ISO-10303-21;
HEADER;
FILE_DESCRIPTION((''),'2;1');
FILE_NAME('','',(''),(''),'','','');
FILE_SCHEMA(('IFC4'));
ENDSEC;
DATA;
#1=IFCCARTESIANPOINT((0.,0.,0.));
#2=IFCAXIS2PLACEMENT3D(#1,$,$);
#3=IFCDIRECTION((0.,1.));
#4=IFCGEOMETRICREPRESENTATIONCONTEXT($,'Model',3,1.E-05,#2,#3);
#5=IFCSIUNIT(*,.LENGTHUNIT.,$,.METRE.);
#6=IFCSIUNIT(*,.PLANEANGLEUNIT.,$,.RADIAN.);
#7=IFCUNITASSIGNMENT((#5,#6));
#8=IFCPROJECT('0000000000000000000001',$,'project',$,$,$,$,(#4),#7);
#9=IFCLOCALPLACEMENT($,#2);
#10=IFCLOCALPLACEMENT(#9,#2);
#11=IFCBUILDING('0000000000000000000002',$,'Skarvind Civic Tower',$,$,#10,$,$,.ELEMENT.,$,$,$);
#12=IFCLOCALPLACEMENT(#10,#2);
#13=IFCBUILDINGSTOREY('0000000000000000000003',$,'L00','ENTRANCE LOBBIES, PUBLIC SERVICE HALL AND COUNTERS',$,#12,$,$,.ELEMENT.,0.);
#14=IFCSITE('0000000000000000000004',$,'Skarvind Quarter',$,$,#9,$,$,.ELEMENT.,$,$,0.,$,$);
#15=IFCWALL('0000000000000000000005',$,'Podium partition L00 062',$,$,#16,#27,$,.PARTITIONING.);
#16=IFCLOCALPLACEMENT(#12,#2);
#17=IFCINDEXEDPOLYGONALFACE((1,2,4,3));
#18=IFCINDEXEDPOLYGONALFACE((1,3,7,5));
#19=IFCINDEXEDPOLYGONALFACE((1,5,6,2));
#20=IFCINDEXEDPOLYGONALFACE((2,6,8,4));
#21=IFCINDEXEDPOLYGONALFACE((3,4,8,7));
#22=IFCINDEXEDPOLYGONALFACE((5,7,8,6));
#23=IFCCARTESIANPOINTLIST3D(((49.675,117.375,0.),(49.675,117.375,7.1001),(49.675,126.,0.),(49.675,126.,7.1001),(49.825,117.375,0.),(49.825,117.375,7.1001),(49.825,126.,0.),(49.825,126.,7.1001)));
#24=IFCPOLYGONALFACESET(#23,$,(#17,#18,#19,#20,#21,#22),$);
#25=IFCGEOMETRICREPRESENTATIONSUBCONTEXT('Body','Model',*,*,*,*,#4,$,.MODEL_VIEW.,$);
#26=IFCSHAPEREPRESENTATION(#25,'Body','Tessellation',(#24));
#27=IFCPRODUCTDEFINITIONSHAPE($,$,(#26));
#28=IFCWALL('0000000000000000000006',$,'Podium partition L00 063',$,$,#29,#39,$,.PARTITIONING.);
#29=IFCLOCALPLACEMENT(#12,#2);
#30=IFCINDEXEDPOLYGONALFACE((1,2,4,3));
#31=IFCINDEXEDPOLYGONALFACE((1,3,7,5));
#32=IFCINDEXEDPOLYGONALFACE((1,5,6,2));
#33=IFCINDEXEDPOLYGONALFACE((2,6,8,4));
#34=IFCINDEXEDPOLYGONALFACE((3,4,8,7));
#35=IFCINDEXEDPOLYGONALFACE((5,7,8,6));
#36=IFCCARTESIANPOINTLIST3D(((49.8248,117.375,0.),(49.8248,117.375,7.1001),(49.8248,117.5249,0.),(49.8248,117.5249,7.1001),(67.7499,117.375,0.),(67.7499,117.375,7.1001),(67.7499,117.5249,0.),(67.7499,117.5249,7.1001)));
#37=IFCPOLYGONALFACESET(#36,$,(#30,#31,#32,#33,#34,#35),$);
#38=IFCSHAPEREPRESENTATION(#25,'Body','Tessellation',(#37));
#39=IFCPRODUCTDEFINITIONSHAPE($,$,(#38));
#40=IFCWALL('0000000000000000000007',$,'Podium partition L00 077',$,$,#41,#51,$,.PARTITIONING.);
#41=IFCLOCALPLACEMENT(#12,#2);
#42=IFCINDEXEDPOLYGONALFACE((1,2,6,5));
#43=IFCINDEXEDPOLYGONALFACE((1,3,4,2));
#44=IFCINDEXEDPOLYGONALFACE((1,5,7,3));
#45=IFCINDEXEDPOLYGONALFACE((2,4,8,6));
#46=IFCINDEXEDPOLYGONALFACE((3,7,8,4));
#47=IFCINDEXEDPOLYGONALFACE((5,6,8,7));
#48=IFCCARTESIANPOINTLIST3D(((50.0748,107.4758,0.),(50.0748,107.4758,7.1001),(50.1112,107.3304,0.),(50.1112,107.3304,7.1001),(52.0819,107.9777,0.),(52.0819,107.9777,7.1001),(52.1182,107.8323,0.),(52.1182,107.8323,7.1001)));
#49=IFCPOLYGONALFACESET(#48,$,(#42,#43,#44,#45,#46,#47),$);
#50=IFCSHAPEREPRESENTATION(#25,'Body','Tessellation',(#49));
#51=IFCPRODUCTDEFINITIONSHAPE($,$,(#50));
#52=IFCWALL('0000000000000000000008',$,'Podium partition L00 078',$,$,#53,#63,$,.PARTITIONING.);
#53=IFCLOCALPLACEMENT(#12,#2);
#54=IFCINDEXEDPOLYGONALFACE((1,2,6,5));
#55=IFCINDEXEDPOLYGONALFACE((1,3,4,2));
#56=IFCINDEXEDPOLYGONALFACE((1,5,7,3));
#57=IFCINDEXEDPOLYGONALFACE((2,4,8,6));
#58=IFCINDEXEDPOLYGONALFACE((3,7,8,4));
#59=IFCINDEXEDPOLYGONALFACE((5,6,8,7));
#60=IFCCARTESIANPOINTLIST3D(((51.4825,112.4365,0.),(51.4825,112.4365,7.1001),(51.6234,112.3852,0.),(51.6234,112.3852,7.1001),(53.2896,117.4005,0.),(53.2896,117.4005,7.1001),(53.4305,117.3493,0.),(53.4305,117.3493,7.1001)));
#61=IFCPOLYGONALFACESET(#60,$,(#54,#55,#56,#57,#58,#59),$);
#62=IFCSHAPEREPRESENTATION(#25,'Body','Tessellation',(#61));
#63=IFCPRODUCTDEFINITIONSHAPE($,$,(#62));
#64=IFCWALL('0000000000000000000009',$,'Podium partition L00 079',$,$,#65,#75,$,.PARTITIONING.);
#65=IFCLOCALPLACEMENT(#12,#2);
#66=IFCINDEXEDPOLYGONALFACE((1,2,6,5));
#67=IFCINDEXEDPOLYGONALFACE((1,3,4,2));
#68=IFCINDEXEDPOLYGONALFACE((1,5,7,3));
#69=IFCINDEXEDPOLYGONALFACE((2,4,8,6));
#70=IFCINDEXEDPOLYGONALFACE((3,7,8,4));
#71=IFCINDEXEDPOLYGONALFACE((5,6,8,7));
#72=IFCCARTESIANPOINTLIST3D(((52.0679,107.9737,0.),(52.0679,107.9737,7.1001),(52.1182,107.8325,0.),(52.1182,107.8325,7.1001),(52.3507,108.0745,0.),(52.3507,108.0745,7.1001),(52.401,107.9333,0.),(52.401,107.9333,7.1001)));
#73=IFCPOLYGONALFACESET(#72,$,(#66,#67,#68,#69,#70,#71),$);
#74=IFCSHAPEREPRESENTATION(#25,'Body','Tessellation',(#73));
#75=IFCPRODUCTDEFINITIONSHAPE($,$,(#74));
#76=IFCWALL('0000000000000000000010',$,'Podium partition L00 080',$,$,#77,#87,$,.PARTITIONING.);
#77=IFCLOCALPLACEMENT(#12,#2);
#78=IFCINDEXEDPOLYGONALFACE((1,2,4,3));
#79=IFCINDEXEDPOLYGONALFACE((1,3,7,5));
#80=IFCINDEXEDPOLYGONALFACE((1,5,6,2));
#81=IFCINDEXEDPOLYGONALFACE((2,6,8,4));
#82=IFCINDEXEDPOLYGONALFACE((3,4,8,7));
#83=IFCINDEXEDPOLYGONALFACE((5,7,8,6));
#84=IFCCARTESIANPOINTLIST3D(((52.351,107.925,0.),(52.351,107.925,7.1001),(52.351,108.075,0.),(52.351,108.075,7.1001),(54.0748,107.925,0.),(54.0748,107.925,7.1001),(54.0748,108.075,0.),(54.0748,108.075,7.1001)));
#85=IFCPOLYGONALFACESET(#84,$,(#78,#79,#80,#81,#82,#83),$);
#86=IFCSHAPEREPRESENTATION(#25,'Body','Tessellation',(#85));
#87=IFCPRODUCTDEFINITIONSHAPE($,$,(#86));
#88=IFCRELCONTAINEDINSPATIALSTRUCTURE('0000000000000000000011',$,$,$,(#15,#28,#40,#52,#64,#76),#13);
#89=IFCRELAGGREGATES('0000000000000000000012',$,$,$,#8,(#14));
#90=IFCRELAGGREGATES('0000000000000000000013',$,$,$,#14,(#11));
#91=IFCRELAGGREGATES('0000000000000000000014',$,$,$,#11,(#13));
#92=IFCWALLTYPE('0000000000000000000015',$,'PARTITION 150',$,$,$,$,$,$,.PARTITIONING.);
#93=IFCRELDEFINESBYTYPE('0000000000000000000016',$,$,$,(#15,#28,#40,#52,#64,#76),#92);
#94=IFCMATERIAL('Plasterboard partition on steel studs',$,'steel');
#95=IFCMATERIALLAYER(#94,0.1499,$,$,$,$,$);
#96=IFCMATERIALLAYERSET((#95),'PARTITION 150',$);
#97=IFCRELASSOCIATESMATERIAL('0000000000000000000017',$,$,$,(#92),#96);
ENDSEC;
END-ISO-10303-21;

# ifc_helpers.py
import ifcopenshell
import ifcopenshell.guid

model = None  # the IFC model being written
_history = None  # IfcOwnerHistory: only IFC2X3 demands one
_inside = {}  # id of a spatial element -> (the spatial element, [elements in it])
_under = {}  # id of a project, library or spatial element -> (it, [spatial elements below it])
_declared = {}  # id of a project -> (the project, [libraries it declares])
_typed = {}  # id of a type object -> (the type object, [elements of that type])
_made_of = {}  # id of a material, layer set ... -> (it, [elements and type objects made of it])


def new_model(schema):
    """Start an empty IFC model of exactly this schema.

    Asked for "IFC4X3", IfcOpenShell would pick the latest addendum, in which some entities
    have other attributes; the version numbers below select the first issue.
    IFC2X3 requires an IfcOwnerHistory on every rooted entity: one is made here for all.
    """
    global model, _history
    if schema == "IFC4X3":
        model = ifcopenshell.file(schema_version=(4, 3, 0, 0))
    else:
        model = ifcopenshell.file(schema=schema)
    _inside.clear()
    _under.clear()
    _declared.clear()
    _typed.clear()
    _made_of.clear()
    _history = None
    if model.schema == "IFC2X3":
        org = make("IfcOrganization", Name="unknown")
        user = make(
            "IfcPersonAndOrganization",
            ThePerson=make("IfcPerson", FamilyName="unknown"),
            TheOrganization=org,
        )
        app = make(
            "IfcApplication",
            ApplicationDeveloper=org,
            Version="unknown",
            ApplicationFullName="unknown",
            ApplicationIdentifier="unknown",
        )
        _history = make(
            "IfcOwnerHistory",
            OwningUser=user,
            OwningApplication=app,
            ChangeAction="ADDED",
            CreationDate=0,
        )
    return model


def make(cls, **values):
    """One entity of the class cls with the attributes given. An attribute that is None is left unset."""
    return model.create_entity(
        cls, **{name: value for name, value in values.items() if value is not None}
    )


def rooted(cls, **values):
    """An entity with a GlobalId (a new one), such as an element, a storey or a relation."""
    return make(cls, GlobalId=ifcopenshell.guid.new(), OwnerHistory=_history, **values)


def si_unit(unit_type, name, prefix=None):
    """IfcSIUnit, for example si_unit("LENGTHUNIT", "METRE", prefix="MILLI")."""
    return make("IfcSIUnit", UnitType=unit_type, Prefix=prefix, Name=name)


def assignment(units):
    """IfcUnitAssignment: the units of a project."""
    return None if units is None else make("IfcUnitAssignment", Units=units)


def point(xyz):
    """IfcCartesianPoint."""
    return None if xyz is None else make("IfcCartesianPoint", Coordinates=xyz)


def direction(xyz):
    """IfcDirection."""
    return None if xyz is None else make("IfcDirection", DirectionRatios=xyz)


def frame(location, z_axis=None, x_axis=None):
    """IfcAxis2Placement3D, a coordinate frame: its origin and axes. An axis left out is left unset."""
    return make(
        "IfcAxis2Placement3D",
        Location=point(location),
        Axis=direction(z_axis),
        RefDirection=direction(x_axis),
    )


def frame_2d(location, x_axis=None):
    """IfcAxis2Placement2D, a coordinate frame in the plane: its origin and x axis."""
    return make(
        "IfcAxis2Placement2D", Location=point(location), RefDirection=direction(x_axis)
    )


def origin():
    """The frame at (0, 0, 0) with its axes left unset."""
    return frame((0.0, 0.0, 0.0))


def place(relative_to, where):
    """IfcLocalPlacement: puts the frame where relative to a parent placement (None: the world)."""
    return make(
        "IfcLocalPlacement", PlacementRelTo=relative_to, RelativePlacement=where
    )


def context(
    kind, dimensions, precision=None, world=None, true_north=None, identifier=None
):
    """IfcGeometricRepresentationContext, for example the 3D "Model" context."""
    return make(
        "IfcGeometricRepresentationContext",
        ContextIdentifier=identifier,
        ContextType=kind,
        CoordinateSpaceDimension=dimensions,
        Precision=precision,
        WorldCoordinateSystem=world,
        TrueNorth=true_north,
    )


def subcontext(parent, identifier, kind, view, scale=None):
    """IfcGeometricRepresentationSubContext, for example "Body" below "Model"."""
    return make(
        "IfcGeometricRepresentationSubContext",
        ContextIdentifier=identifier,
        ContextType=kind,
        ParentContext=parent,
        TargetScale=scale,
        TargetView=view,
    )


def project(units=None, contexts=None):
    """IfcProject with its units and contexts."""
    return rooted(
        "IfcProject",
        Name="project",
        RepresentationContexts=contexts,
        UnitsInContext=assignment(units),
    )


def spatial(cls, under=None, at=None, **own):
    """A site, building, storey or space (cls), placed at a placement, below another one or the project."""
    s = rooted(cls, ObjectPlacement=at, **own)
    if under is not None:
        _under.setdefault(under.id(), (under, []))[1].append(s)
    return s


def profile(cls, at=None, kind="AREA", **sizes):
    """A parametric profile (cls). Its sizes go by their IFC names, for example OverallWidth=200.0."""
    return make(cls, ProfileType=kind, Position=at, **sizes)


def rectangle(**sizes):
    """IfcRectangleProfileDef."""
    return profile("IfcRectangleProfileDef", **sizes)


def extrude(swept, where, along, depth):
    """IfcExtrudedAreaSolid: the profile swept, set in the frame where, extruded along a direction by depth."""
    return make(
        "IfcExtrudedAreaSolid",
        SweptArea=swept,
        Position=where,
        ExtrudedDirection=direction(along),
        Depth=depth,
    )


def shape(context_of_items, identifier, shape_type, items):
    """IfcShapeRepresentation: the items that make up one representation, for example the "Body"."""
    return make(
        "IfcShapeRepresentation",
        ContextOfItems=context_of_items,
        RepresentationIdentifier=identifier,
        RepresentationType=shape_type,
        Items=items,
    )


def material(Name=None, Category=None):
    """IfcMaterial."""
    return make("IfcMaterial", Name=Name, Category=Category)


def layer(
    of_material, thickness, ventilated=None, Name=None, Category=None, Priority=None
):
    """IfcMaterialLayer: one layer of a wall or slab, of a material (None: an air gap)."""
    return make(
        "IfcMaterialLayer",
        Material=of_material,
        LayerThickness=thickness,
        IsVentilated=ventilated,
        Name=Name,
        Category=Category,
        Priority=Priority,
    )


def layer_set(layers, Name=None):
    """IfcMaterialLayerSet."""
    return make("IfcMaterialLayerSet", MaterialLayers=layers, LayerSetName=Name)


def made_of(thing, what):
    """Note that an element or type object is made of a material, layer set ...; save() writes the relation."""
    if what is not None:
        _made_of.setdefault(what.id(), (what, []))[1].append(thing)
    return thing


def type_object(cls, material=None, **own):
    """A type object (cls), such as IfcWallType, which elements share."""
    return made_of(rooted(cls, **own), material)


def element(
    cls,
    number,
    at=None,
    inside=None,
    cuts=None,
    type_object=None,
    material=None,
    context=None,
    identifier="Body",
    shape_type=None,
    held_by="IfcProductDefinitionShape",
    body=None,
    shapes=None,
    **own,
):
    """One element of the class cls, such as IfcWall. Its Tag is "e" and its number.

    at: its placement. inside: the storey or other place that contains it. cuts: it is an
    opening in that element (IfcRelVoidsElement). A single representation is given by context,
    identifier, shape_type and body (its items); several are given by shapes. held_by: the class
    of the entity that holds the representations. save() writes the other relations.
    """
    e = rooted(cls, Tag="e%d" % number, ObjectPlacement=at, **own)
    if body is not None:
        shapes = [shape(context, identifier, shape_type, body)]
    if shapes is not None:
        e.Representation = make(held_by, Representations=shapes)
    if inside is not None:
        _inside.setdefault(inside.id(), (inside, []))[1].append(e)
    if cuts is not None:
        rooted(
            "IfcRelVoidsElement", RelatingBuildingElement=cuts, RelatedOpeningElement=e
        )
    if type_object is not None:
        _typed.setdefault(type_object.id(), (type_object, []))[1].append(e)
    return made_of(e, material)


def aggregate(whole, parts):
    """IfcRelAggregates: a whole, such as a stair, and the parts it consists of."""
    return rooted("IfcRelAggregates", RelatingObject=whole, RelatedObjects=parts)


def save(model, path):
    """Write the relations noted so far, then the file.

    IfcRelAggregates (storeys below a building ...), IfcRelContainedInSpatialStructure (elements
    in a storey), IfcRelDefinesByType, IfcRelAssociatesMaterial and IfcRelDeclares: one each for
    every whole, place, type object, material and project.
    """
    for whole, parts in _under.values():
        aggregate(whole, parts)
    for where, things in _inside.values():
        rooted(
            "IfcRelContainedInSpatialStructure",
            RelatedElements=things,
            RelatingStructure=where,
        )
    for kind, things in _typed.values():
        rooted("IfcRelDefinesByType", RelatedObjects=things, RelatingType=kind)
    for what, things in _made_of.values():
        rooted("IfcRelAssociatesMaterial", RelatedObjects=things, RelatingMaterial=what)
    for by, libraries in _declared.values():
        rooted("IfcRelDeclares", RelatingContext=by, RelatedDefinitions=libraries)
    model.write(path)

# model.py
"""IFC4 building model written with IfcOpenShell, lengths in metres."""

from ifc_helpers import new_model, si_unit, direction, frame, frame_2d, origin, place, context, subcontext, project, spatial, rectangle, extrude, material, layer, layer_set, type_object, element, save


model = new_model("IFC4")

# Units and contexts
model_context = context("Model", 3, precision=1e-05, world=origin(), true_north=direction((0.0, 1.0)))
body_context = subcontext(model_context, "Body", "Model", "MODEL_VIEW")
ifc_project = project(units=[si_unit("LENGTHUNIT", "METRE"), si_unit("PLANEANGLEUNIT", "RADIAN")], contexts=[model_context])

# Site, building, storey
site_placement = place(None, origin())
site = spatial("IfcSite", under=ifc_project, at=site_placement, Name="Skarvind Quarter", CompositionType="ELEMENT", RefElevation=0.0)
building_placement = place(site_placement, origin())
building = spatial("IfcBuilding", under=site, at=building_placement, Name="Skarvind Civic Tower", CompositionType="ELEMENT")
storey_placement = place(building_placement, origin())
storey = spatial("IfcBuildingStorey", under=building, at=storey_placement, Name="L00", Description="ENTRANCE LOBBIES, PUBLIC SERVICE HALL AND COUNTERS", CompositionType="ELEMENT", Elevation=0.0)

# Walls
ifc_material_1 = material(Name="Plasterboard partition on steel studs", Category="steel")
ifc_layer_1 = layer(ifc_material_1, 0.1499)
ifc_layer_set_1 = layer_set([ifc_layer_1], Name="PARTITION 150")
wall_type_1 = type_object("IfcWallType", Name="PARTITION 150", PredefinedType="PARTITIONING", material=ifc_layer_set_1)
wall_1_placement = place(storey_placement, frame((49.75, 117.375, 0.0), z_axis=(0.0, 0.0, 1.0), x_axis=(0.0, 1.0, 0.0)))
element("IfcWall", 1, at=wall_1_placement, inside=storey, type_object=wall_type_1, Name="Podium partition L00 062", PredefinedType="PARTITIONING", context=body_context, shape_type="SweptSolid", body=[
    extrude(rectangle(XDim=8.625, YDim=0.1499, at=frame_2d((4.3125, 0.0))), origin(), (0.0, 0.0, 1.0), 7.1001),
])
wall_2_placement = place(storey_placement, frame((49.825, 117.45, 0.0), z_axis=(0.0, 0.0, 1.0), x_axis=(1.0, 0.0, 0.0)))
element("IfcWall", 2, at=wall_2_placement, inside=storey, type_object=wall_type_1, Name="Podium partition L00 063", PredefinedType="PARTITIONING", context=body_context, shape_type="SweptSolid", body=[
    extrude(rectangle(XDim=17.925, YDim=0.1499, at=frame_2d((8.9624, 0.0))), origin(), (0.0, 0.0, 1.0), 7.1001),
])
wall_3_placement = place(storey_placement, frame((50.093, 107.4031, 0.0), z_axis=(0.0, 0.0, 1.0), x_axis=(0.970122, 0.242619, 0.0)))
element("IfcWall", 3, at=wall_3_placement, inside=storey, type_object=wall_type_1, Name="Podium partition L00 077", PredefinedType="PARTITIONING", context=body_context, shape_type="SweptSolid", body=[
    extrude(rectangle(XDim=2.0688, YDim=0.1499, at=frame_2d((1.0344, 0.0))), origin(), (0.0, 0.0, 1.0), 7.1001),
])
wall_4_placement = place(storey_placement, frame((51.553, 112.4109, 0.0), z_axis=(0.0, 0.0, 1.0), x_axis=(0.342077, 0.939672, 0.0)))
element("IfcWall", 4, at=wall_4_placement, inside=storey, type_object=wall_type_1, Name="Podium partition L00 078", PredefinedType="PARTITIONING", context=body_context, shape_type="SweptSolid", body=[
    extrude(rectangle(XDim=5.2827, YDim=0.1499, at=frame_2d((2.6414, 0.0))), origin(), (0.0, 0.0, 1.0), 7.1001),
])
wall_5_placement = place(storey_placement, frame((52.093, 107.9031, 0.0), z_axis=(0.0, 0.0, 1.0), x_axis=(0.941981, 0.335667, 0.0)))
element("IfcWall", 5, at=wall_5_placement, inside=storey, type_object=wall_type_1, Name="Podium partition L00 079", PredefinedType="PARTITIONING", context=body_context, shape_type="SweptSolid", body=[
    extrude(rectangle(XDim=0.3003, YDim=0.1499, at=frame_2d((0.1501, 0.0))), origin(), (0.0, 0.0, 1.0), 7.1001),
])
wall_6_placement = place(storey_placement, frame((52.3511, 108.0, 0.0), z_axis=(0.0, 0.0, 1.0), x_axis=(1.0, 0.0, 0.0)))
element("IfcWall", 6, at=wall_6_placement, inside=storey, type_object=wall_type_1, Name="Podium partition L00 080", PredefinedType="PARTITIONING", context=body_context, shape_type="SweptSolid", body=[
    extrude(rectangle(XDim=1.7239, YDim=0.1499, at=frame_2d((0.8618, 0.0))), origin(), (0.0, 0.0, 1.0), 7.1001),
])

save(model, "model.ifc")
